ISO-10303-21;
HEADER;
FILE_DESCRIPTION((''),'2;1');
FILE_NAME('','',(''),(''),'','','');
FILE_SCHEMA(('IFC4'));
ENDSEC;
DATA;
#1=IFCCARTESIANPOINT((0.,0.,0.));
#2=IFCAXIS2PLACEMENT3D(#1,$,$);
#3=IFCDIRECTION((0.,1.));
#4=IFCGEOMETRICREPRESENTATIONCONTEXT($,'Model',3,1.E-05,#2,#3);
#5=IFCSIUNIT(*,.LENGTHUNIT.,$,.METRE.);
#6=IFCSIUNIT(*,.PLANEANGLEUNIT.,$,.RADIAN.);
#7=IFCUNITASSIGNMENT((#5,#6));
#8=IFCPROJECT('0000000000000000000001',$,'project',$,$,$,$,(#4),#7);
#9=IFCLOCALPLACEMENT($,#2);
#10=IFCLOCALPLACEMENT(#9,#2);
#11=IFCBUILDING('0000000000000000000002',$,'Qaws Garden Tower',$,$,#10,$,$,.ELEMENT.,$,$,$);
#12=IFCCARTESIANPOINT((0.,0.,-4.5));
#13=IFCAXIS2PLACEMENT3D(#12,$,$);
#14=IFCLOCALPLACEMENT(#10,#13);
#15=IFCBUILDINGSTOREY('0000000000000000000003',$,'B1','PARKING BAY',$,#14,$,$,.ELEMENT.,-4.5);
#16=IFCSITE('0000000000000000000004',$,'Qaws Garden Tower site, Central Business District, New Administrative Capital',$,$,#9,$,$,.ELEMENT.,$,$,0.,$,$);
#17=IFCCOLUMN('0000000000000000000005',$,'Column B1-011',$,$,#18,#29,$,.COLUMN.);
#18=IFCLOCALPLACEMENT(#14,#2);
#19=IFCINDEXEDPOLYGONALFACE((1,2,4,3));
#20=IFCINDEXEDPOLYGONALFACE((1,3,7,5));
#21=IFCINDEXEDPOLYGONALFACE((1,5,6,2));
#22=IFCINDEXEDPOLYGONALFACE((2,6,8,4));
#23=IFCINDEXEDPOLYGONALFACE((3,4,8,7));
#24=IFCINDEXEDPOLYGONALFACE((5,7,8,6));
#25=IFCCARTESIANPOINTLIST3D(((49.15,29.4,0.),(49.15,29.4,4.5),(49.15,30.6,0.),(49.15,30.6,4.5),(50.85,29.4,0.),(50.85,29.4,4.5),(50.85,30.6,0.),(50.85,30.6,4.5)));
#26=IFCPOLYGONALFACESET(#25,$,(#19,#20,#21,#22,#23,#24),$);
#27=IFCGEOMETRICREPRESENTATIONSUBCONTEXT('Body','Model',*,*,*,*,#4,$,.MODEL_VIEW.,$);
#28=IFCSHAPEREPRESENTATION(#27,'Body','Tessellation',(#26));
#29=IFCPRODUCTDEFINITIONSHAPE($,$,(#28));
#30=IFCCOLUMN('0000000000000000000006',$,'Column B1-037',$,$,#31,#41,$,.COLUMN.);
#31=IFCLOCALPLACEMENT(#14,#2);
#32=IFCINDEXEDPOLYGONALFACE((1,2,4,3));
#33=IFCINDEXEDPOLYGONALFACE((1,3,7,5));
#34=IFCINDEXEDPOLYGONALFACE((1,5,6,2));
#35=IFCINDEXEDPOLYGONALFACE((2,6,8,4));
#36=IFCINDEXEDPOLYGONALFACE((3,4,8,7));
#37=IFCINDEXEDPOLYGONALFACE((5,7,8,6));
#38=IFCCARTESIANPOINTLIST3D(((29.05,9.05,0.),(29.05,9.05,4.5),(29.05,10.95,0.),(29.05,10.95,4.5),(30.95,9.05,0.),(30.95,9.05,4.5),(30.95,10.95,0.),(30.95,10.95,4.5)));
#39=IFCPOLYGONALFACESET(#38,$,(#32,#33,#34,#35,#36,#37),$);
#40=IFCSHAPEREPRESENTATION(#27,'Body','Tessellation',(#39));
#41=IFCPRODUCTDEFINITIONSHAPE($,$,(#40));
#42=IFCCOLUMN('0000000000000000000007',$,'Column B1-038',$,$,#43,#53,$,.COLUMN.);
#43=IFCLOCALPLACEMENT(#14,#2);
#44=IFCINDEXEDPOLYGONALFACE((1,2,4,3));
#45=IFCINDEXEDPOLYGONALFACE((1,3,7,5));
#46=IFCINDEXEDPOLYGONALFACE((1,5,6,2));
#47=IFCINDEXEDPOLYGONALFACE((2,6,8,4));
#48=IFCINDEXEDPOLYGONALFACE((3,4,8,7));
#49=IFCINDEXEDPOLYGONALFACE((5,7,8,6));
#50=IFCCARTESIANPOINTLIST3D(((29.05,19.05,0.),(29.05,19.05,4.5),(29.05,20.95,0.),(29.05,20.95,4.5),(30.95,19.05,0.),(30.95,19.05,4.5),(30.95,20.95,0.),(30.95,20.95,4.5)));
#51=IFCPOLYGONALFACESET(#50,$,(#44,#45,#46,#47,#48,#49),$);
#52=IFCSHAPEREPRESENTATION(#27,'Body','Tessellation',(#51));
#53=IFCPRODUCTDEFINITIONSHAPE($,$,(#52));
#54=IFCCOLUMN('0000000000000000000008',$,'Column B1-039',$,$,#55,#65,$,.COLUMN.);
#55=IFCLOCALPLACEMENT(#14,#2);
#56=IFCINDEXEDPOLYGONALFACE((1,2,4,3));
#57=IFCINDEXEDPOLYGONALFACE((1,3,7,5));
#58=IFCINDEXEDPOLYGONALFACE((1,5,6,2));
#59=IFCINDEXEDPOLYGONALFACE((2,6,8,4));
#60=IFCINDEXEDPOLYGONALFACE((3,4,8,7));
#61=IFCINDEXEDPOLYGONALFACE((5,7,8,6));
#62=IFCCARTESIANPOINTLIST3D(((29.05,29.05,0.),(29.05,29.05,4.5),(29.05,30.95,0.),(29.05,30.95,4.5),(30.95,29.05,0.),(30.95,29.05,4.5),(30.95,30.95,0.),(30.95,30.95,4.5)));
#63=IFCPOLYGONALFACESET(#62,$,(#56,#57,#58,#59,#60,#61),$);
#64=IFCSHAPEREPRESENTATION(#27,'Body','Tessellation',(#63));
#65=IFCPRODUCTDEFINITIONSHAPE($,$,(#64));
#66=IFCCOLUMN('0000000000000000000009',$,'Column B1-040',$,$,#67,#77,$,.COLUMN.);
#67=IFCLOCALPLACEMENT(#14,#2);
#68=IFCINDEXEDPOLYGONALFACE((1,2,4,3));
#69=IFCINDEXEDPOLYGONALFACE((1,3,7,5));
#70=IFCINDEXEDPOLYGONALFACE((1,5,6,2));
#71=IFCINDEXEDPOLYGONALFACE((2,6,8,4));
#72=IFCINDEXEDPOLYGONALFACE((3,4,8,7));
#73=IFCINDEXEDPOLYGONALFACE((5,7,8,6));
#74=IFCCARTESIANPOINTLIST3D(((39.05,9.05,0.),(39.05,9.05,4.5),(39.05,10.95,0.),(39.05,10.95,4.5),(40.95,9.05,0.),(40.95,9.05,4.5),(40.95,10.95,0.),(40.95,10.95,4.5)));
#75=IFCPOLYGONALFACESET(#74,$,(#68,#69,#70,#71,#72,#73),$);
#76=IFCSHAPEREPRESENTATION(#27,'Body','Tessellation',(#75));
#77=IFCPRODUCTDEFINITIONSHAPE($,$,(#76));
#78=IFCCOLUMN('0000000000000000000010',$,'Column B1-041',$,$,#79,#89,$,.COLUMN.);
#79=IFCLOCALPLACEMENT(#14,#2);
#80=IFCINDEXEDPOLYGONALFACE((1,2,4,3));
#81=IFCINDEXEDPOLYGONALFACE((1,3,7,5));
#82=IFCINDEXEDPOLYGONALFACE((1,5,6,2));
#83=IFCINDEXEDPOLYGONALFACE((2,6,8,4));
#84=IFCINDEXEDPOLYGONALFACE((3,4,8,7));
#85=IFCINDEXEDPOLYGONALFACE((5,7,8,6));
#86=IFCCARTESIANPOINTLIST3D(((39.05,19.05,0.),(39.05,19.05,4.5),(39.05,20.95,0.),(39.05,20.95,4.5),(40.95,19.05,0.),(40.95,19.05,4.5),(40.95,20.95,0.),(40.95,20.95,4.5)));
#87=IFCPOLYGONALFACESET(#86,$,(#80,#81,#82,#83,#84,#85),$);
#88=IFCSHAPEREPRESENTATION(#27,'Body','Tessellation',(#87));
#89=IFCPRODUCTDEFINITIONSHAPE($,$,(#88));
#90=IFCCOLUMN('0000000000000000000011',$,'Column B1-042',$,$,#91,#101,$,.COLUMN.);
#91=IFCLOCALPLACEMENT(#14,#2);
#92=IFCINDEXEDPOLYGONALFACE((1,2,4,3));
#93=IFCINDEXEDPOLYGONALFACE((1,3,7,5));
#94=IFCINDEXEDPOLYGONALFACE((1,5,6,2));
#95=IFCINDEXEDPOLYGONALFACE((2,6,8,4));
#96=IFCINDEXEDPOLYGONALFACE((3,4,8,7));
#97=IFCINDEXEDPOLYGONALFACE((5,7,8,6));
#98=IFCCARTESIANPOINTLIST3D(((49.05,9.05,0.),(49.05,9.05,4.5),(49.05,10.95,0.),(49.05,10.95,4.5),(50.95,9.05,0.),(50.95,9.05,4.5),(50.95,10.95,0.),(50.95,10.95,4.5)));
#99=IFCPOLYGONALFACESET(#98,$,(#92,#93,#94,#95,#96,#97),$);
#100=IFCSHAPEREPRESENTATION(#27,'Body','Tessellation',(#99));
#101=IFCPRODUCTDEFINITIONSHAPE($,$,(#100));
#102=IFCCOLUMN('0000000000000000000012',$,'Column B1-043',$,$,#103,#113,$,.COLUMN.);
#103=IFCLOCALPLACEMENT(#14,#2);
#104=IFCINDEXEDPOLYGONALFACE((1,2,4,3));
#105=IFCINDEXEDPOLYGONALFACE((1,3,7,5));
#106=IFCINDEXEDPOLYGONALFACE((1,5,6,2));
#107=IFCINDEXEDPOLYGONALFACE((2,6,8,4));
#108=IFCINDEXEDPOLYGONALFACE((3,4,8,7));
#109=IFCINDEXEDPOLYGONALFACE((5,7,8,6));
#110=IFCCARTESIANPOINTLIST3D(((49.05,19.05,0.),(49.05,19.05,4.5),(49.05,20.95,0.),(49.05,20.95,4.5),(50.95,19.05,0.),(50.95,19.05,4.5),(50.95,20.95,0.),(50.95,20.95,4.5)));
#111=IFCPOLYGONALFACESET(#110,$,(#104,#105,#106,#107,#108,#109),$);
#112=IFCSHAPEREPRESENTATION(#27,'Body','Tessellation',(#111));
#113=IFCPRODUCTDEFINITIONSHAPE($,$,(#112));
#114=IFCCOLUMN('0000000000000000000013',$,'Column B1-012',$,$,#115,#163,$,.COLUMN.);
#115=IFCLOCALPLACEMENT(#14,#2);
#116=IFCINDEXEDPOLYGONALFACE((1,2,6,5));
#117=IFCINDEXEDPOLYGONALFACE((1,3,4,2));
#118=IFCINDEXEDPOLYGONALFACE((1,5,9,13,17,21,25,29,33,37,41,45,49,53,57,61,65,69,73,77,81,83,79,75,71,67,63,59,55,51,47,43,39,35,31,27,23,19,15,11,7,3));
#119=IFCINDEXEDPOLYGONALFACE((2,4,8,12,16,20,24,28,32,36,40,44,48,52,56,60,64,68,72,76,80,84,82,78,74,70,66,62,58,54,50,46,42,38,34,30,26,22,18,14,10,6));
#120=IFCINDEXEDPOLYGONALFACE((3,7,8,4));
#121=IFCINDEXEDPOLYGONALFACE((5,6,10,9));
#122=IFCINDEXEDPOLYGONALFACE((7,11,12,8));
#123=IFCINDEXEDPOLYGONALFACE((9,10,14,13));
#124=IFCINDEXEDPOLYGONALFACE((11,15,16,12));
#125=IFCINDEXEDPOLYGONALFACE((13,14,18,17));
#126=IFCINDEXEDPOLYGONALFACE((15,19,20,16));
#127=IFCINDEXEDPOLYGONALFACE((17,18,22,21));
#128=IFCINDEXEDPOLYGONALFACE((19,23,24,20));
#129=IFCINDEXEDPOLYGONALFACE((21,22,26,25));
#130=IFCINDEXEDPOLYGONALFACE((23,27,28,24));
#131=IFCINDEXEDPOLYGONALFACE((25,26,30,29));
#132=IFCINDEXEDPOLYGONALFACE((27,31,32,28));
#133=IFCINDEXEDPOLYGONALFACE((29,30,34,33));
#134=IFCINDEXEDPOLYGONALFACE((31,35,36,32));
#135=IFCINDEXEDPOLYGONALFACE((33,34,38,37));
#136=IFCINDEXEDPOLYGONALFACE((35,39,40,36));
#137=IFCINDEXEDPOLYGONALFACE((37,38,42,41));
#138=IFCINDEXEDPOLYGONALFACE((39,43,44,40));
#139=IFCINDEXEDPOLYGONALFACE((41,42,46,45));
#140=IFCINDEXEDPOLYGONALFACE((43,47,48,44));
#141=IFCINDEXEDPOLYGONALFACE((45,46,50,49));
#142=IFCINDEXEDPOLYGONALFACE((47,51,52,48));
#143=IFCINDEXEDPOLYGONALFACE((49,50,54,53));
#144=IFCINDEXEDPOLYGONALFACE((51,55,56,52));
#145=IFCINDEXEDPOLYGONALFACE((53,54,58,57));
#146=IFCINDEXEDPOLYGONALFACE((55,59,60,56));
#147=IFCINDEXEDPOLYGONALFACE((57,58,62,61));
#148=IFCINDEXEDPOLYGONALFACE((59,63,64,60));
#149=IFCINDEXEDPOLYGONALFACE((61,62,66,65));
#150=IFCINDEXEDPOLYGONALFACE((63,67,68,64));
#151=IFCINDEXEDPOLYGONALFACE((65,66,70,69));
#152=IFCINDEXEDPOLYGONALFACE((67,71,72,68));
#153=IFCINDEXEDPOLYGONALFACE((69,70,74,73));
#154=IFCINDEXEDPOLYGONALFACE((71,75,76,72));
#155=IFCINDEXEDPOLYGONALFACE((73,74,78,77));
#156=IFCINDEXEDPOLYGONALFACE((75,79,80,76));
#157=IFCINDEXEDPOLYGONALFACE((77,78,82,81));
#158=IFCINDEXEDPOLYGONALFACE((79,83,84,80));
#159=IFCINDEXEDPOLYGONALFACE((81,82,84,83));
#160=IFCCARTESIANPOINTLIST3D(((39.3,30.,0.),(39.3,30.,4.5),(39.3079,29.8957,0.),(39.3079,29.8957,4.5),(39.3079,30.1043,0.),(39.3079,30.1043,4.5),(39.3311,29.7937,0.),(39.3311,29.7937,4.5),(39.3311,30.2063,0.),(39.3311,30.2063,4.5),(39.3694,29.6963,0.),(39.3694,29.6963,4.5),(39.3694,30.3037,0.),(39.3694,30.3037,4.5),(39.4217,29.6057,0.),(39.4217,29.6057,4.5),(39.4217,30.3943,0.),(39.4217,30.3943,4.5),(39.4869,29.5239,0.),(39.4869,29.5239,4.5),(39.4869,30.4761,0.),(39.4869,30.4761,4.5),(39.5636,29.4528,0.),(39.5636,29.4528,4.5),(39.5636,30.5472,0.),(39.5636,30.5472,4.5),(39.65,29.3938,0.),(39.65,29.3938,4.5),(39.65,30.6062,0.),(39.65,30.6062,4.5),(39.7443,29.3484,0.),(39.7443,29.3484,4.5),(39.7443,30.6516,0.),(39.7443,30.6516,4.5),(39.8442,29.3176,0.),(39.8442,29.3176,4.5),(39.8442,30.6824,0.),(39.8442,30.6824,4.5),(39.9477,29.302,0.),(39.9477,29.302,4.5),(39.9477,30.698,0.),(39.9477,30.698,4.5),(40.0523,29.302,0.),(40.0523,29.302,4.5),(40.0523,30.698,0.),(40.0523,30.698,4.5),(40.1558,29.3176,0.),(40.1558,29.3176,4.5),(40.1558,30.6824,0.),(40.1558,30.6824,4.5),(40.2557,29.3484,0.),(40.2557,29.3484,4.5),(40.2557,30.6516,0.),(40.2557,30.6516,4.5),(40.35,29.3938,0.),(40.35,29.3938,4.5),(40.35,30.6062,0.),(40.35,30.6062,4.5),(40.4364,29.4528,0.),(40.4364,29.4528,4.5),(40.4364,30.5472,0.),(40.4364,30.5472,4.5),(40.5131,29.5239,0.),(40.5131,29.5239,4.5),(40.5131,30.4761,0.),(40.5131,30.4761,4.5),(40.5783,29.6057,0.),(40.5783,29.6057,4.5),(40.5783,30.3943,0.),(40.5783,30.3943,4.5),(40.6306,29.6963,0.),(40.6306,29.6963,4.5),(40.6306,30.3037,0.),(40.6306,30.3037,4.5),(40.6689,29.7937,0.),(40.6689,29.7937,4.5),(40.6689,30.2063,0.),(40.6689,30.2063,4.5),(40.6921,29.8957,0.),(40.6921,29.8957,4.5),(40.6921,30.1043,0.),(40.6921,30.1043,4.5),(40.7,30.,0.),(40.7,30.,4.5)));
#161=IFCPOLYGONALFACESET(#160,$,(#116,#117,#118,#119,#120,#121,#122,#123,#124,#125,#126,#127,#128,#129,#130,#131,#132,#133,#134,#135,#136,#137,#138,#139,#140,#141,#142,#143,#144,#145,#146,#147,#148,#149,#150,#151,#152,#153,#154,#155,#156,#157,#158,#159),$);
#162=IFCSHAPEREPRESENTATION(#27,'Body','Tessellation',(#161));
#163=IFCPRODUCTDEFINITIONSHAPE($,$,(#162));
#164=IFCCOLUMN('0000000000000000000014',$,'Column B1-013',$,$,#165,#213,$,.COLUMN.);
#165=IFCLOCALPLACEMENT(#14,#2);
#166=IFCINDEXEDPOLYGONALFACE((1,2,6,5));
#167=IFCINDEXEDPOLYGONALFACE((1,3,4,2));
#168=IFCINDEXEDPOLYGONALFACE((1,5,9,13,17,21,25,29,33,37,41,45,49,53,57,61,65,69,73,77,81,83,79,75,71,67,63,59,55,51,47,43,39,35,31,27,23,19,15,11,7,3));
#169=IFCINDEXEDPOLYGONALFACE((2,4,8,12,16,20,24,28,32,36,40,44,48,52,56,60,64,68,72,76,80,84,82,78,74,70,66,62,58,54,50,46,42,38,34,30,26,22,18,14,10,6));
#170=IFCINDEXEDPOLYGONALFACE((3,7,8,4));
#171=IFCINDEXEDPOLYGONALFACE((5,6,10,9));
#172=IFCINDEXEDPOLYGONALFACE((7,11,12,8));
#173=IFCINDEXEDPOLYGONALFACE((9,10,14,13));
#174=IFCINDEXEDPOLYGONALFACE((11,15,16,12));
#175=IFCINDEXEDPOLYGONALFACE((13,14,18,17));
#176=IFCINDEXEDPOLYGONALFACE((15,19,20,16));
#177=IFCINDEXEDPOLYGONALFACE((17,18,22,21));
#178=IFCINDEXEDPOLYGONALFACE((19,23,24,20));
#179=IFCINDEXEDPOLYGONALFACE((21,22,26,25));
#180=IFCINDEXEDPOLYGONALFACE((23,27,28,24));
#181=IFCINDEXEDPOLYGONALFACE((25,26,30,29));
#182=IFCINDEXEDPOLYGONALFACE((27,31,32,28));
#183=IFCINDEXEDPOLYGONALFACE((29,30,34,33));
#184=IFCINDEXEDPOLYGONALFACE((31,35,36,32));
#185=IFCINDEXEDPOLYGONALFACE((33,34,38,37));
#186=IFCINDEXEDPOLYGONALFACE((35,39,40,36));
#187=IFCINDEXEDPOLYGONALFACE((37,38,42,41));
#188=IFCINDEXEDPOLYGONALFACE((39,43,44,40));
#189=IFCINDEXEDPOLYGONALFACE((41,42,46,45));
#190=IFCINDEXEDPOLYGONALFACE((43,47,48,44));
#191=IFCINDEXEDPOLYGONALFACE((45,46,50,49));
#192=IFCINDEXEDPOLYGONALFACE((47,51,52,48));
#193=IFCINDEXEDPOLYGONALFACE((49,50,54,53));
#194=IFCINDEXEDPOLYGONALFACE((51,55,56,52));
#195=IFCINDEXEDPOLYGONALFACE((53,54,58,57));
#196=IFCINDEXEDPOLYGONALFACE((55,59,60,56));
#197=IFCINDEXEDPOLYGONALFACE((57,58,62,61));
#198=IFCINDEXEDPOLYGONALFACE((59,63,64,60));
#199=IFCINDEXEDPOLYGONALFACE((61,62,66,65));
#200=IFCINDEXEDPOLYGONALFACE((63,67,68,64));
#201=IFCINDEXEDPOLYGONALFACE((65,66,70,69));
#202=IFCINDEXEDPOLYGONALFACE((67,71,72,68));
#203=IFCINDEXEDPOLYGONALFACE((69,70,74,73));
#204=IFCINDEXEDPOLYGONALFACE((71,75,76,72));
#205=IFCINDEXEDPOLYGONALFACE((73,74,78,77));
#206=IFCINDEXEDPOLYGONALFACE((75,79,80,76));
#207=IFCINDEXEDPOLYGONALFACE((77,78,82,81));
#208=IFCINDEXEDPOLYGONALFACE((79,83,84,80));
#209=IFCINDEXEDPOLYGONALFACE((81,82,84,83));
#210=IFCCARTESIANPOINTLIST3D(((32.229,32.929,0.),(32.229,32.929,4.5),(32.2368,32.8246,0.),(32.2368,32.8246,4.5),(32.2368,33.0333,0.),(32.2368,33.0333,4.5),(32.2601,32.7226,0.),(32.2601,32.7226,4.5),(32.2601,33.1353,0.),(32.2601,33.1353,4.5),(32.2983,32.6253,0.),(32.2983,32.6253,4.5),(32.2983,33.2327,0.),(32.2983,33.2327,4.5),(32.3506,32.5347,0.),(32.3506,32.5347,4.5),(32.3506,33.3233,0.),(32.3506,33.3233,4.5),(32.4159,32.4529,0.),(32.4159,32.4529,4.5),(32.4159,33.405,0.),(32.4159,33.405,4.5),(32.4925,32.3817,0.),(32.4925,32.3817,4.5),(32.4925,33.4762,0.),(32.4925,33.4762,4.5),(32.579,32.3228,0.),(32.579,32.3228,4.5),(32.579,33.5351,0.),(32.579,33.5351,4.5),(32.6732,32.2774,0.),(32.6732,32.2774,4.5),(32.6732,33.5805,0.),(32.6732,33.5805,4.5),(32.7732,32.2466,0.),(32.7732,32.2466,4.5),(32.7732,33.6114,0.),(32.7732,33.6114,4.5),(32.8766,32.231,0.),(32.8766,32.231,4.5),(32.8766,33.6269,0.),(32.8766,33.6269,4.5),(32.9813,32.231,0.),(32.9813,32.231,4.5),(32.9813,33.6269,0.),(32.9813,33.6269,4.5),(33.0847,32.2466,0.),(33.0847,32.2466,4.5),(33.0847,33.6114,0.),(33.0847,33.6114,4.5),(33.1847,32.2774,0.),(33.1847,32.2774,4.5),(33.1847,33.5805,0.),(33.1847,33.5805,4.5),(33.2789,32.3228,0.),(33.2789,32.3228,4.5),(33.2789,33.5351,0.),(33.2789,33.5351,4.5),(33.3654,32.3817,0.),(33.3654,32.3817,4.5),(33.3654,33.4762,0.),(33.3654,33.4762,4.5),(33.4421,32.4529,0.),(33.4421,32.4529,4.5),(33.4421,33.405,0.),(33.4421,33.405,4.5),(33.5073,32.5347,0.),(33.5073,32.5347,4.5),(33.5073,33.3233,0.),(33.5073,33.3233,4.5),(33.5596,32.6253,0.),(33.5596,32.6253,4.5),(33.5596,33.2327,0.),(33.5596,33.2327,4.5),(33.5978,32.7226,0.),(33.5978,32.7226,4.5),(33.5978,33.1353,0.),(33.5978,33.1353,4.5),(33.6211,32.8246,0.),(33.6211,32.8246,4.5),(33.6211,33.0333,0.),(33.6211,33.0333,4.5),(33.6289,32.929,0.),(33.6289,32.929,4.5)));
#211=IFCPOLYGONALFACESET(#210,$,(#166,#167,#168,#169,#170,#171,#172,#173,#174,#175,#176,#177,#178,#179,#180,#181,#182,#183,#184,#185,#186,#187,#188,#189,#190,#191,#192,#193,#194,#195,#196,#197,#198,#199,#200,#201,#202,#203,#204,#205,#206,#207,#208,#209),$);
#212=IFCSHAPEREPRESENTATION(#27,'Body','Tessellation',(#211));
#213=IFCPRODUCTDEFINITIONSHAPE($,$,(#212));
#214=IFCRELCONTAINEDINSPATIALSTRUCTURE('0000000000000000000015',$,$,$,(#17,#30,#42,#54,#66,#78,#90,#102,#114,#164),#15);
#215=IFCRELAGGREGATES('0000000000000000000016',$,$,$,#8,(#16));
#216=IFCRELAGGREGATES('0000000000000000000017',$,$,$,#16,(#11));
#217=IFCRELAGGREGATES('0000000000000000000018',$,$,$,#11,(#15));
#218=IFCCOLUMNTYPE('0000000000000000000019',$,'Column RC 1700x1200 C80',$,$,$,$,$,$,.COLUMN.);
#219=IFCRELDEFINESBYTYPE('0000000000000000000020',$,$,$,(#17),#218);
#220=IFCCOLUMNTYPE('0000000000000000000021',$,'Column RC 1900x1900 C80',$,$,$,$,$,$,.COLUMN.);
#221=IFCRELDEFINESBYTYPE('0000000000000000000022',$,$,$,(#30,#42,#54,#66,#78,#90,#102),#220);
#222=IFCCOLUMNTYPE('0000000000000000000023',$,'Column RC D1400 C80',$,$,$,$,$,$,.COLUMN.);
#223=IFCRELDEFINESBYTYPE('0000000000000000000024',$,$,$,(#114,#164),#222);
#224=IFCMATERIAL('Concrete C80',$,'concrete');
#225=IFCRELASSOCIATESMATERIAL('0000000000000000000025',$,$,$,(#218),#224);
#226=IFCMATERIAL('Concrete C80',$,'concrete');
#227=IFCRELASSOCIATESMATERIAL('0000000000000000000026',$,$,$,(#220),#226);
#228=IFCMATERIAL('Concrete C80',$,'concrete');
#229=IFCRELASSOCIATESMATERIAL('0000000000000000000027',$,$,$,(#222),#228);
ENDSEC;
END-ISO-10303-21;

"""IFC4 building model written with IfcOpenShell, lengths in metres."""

from ifc_helpers import new_model, si_unit, direction, frame, origin, origin_2d, place, context, subcontext, project, spatial, rectangle, circle, extrude, material, material_profile, profile_set, type_object, element, save


model = new_model("IFC4")

# Units and contexts
model_context = context("Model", 3, precision=1e-05, world=origin(), true_north=direction((0.0, 1.0)))
body_context = subcontext(model_context, "Body", "Model", "MODEL_VIEW")
ifc_project = project(units=[si_unit("LENGTHUNIT", "METRE"), si_unit("PLANEANGLEUNIT", "RADIAN")], contexts=[model_context])

# Site, building, storey
site_placement = place(None, origin())
site = spatial("IfcSite", under=ifc_project, at=site_placement, Name="Qaws Garden Tower site, Central Business District, New Administrative Capital", CompositionType="ELEMENT", RefElevation=0.0)
building_placement = place(site_placement, origin())
building = spatial("IfcBuilding", under=site, at=building_placement, Name="Qaws Garden Tower", CompositionType="ELEMENT")
storey_placement = place(building_placement, frame((0.0, 0.0, -4.5)))
storey = spatial("IfcBuildingStorey", under=building, at=storey_placement, Name="B1", Description="PARKING BAY", CompositionType="ELEMENT", Elevation=-4.5)

# Columns
ifc_material_1 = material(Name="Concrete C80", Category="concrete")
ifc_material_profile_1 = material_profile(ifc_material_1, rectangle(XDim=1.7, YDim=1.2, at=origin_2d()), Name="RC 1700x1200")
ifc_profile_set_1 = profile_set([ifc_material_profile_1], Name="Concrete C80")
column_type_1 = type_object("IfcColumnType", Name="Column RC 1700x1200 C80", PredefinedType="COLUMN", material=ifc_profile_set_1)
column_placement = place(storey_placement, frame((50.0, 30.0, 0.0), z_axis=(0.0, 0.0, 1.0), x_axis=(1.0, 0.0, 0.0)))
element("IfcColumn", 1, at=column_placement, inside=storey, type_object=column_type_1, Name="Column B1-011", PredefinedType="COLUMN", context=body_context, shape_type="SweptSolid", body=[
    extrude(rectangle(XDim=1.7, YDim=1.2, at=origin_2d()), origin(), (0.0, 0.0, 1.0), 4.5),
])
ifc_material_2 = material(Name="Concrete C80", Category="concrete")
ifc_material_profile_2 = material_profile(ifc_material_2, rectangle(XDim=1.8999, YDim=1.8999, at=origin_2d()), Name="RC 1900x1900")
ifc_profile_set_2 = profile_set([ifc_material_profile_2], Name="Concrete C80")
column_type_2 = type_object("IfcColumnType", Name="Column RC 1900x1900 C80", PredefinedType="COLUMN", material=ifc_profile_set_2)
for number, where, z_axis, x_axis, name in (
    (2, (30.0, 10.0, 0.0), (0.0, 0.0, 1.0), (1.0, 0.0, 0.0), "Column B1-037"),
    (3, (30.0, 20.0, 0.0), (0.0, 0.0, 1.0), (1.0, 0.0, 0.0), "Column B1-038"),
    (4, (30.0, 30.0, 0.0), (0.0, 0.0, 1.0), (1.0, 0.0, 0.0), "Column B1-039"),
    (5, (40.0, 10.0, 0.0), (0.0, 0.0, 1.0), (1.0, 0.0, 0.0), "Column B1-040"),
    (6, (40.0, 20.0, 0.0), (0.0, 0.0, 1.0), (1.0, 0.0, 0.0), "Column B1-041"),
    (7, (50.0, 10.0, 0.0), (0.0, 0.0, 1.0), (1.0, 0.0, 0.0), "Column B1-042"),
    (8, (50.0, 20.0, 0.0), (0.0, 0.0, 1.0), (1.0, 0.0, 0.0), "Column B1-043"),
):
    element("IfcColumn", number, at=place(storey_placement, frame(where, z_axis=z_axis, x_axis=x_axis)), inside=storey, type_object=column_type_2, Name=name, PredefinedType="COLUMN", context=body_context, shape_type="SweptSolid", body=[
        extrude(rectangle(XDim=1.8999, YDim=1.8999, at=origin_2d()), origin(), (0.0, 0.0, 1.0), 4.5),
    ])
ifc_material_3 = material(Name="Concrete C80", Category="concrete")
ifc_material_profile_3 = material_profile(ifc_material_3, circle(Radius=0.7, at=origin_2d()), Name="RC D1400")
ifc_profile_set_3 = profile_set([ifc_material_profile_3], Name="Concrete C80")
column_type_3 = type_object("IfcColumnType", Name="Column RC D1400 C80", PredefinedType="COLUMN", material=ifc_profile_set_3)
for number, where, z_axis, x_axis, name in (
    (9, (40.0, 30.0, 0.0), (0.0, 0.0, 1.0), (1.0, 0.0, 0.0), "Column B1-012"),
    (10, (32.929, 32.929, 0.0), (0.0, 0.0, 1.0), (1.0, 0.0, 0.0), "Column B1-013"),
):
    element("IfcColumn", number, at=place(storey_placement, frame(where, z_axis=z_axis, x_axis=x_axis)), inside=storey, type_object=column_type_3, Name=name, PredefinedType="COLUMN", context=body_context, shape_type="SweptSolid", body=[
        extrude(circle(Radius=0.7, at=origin_2d()), origin(), (0.0, 0.0, 1.0), 4.5),
    ])

save(model, "model.ifc")
